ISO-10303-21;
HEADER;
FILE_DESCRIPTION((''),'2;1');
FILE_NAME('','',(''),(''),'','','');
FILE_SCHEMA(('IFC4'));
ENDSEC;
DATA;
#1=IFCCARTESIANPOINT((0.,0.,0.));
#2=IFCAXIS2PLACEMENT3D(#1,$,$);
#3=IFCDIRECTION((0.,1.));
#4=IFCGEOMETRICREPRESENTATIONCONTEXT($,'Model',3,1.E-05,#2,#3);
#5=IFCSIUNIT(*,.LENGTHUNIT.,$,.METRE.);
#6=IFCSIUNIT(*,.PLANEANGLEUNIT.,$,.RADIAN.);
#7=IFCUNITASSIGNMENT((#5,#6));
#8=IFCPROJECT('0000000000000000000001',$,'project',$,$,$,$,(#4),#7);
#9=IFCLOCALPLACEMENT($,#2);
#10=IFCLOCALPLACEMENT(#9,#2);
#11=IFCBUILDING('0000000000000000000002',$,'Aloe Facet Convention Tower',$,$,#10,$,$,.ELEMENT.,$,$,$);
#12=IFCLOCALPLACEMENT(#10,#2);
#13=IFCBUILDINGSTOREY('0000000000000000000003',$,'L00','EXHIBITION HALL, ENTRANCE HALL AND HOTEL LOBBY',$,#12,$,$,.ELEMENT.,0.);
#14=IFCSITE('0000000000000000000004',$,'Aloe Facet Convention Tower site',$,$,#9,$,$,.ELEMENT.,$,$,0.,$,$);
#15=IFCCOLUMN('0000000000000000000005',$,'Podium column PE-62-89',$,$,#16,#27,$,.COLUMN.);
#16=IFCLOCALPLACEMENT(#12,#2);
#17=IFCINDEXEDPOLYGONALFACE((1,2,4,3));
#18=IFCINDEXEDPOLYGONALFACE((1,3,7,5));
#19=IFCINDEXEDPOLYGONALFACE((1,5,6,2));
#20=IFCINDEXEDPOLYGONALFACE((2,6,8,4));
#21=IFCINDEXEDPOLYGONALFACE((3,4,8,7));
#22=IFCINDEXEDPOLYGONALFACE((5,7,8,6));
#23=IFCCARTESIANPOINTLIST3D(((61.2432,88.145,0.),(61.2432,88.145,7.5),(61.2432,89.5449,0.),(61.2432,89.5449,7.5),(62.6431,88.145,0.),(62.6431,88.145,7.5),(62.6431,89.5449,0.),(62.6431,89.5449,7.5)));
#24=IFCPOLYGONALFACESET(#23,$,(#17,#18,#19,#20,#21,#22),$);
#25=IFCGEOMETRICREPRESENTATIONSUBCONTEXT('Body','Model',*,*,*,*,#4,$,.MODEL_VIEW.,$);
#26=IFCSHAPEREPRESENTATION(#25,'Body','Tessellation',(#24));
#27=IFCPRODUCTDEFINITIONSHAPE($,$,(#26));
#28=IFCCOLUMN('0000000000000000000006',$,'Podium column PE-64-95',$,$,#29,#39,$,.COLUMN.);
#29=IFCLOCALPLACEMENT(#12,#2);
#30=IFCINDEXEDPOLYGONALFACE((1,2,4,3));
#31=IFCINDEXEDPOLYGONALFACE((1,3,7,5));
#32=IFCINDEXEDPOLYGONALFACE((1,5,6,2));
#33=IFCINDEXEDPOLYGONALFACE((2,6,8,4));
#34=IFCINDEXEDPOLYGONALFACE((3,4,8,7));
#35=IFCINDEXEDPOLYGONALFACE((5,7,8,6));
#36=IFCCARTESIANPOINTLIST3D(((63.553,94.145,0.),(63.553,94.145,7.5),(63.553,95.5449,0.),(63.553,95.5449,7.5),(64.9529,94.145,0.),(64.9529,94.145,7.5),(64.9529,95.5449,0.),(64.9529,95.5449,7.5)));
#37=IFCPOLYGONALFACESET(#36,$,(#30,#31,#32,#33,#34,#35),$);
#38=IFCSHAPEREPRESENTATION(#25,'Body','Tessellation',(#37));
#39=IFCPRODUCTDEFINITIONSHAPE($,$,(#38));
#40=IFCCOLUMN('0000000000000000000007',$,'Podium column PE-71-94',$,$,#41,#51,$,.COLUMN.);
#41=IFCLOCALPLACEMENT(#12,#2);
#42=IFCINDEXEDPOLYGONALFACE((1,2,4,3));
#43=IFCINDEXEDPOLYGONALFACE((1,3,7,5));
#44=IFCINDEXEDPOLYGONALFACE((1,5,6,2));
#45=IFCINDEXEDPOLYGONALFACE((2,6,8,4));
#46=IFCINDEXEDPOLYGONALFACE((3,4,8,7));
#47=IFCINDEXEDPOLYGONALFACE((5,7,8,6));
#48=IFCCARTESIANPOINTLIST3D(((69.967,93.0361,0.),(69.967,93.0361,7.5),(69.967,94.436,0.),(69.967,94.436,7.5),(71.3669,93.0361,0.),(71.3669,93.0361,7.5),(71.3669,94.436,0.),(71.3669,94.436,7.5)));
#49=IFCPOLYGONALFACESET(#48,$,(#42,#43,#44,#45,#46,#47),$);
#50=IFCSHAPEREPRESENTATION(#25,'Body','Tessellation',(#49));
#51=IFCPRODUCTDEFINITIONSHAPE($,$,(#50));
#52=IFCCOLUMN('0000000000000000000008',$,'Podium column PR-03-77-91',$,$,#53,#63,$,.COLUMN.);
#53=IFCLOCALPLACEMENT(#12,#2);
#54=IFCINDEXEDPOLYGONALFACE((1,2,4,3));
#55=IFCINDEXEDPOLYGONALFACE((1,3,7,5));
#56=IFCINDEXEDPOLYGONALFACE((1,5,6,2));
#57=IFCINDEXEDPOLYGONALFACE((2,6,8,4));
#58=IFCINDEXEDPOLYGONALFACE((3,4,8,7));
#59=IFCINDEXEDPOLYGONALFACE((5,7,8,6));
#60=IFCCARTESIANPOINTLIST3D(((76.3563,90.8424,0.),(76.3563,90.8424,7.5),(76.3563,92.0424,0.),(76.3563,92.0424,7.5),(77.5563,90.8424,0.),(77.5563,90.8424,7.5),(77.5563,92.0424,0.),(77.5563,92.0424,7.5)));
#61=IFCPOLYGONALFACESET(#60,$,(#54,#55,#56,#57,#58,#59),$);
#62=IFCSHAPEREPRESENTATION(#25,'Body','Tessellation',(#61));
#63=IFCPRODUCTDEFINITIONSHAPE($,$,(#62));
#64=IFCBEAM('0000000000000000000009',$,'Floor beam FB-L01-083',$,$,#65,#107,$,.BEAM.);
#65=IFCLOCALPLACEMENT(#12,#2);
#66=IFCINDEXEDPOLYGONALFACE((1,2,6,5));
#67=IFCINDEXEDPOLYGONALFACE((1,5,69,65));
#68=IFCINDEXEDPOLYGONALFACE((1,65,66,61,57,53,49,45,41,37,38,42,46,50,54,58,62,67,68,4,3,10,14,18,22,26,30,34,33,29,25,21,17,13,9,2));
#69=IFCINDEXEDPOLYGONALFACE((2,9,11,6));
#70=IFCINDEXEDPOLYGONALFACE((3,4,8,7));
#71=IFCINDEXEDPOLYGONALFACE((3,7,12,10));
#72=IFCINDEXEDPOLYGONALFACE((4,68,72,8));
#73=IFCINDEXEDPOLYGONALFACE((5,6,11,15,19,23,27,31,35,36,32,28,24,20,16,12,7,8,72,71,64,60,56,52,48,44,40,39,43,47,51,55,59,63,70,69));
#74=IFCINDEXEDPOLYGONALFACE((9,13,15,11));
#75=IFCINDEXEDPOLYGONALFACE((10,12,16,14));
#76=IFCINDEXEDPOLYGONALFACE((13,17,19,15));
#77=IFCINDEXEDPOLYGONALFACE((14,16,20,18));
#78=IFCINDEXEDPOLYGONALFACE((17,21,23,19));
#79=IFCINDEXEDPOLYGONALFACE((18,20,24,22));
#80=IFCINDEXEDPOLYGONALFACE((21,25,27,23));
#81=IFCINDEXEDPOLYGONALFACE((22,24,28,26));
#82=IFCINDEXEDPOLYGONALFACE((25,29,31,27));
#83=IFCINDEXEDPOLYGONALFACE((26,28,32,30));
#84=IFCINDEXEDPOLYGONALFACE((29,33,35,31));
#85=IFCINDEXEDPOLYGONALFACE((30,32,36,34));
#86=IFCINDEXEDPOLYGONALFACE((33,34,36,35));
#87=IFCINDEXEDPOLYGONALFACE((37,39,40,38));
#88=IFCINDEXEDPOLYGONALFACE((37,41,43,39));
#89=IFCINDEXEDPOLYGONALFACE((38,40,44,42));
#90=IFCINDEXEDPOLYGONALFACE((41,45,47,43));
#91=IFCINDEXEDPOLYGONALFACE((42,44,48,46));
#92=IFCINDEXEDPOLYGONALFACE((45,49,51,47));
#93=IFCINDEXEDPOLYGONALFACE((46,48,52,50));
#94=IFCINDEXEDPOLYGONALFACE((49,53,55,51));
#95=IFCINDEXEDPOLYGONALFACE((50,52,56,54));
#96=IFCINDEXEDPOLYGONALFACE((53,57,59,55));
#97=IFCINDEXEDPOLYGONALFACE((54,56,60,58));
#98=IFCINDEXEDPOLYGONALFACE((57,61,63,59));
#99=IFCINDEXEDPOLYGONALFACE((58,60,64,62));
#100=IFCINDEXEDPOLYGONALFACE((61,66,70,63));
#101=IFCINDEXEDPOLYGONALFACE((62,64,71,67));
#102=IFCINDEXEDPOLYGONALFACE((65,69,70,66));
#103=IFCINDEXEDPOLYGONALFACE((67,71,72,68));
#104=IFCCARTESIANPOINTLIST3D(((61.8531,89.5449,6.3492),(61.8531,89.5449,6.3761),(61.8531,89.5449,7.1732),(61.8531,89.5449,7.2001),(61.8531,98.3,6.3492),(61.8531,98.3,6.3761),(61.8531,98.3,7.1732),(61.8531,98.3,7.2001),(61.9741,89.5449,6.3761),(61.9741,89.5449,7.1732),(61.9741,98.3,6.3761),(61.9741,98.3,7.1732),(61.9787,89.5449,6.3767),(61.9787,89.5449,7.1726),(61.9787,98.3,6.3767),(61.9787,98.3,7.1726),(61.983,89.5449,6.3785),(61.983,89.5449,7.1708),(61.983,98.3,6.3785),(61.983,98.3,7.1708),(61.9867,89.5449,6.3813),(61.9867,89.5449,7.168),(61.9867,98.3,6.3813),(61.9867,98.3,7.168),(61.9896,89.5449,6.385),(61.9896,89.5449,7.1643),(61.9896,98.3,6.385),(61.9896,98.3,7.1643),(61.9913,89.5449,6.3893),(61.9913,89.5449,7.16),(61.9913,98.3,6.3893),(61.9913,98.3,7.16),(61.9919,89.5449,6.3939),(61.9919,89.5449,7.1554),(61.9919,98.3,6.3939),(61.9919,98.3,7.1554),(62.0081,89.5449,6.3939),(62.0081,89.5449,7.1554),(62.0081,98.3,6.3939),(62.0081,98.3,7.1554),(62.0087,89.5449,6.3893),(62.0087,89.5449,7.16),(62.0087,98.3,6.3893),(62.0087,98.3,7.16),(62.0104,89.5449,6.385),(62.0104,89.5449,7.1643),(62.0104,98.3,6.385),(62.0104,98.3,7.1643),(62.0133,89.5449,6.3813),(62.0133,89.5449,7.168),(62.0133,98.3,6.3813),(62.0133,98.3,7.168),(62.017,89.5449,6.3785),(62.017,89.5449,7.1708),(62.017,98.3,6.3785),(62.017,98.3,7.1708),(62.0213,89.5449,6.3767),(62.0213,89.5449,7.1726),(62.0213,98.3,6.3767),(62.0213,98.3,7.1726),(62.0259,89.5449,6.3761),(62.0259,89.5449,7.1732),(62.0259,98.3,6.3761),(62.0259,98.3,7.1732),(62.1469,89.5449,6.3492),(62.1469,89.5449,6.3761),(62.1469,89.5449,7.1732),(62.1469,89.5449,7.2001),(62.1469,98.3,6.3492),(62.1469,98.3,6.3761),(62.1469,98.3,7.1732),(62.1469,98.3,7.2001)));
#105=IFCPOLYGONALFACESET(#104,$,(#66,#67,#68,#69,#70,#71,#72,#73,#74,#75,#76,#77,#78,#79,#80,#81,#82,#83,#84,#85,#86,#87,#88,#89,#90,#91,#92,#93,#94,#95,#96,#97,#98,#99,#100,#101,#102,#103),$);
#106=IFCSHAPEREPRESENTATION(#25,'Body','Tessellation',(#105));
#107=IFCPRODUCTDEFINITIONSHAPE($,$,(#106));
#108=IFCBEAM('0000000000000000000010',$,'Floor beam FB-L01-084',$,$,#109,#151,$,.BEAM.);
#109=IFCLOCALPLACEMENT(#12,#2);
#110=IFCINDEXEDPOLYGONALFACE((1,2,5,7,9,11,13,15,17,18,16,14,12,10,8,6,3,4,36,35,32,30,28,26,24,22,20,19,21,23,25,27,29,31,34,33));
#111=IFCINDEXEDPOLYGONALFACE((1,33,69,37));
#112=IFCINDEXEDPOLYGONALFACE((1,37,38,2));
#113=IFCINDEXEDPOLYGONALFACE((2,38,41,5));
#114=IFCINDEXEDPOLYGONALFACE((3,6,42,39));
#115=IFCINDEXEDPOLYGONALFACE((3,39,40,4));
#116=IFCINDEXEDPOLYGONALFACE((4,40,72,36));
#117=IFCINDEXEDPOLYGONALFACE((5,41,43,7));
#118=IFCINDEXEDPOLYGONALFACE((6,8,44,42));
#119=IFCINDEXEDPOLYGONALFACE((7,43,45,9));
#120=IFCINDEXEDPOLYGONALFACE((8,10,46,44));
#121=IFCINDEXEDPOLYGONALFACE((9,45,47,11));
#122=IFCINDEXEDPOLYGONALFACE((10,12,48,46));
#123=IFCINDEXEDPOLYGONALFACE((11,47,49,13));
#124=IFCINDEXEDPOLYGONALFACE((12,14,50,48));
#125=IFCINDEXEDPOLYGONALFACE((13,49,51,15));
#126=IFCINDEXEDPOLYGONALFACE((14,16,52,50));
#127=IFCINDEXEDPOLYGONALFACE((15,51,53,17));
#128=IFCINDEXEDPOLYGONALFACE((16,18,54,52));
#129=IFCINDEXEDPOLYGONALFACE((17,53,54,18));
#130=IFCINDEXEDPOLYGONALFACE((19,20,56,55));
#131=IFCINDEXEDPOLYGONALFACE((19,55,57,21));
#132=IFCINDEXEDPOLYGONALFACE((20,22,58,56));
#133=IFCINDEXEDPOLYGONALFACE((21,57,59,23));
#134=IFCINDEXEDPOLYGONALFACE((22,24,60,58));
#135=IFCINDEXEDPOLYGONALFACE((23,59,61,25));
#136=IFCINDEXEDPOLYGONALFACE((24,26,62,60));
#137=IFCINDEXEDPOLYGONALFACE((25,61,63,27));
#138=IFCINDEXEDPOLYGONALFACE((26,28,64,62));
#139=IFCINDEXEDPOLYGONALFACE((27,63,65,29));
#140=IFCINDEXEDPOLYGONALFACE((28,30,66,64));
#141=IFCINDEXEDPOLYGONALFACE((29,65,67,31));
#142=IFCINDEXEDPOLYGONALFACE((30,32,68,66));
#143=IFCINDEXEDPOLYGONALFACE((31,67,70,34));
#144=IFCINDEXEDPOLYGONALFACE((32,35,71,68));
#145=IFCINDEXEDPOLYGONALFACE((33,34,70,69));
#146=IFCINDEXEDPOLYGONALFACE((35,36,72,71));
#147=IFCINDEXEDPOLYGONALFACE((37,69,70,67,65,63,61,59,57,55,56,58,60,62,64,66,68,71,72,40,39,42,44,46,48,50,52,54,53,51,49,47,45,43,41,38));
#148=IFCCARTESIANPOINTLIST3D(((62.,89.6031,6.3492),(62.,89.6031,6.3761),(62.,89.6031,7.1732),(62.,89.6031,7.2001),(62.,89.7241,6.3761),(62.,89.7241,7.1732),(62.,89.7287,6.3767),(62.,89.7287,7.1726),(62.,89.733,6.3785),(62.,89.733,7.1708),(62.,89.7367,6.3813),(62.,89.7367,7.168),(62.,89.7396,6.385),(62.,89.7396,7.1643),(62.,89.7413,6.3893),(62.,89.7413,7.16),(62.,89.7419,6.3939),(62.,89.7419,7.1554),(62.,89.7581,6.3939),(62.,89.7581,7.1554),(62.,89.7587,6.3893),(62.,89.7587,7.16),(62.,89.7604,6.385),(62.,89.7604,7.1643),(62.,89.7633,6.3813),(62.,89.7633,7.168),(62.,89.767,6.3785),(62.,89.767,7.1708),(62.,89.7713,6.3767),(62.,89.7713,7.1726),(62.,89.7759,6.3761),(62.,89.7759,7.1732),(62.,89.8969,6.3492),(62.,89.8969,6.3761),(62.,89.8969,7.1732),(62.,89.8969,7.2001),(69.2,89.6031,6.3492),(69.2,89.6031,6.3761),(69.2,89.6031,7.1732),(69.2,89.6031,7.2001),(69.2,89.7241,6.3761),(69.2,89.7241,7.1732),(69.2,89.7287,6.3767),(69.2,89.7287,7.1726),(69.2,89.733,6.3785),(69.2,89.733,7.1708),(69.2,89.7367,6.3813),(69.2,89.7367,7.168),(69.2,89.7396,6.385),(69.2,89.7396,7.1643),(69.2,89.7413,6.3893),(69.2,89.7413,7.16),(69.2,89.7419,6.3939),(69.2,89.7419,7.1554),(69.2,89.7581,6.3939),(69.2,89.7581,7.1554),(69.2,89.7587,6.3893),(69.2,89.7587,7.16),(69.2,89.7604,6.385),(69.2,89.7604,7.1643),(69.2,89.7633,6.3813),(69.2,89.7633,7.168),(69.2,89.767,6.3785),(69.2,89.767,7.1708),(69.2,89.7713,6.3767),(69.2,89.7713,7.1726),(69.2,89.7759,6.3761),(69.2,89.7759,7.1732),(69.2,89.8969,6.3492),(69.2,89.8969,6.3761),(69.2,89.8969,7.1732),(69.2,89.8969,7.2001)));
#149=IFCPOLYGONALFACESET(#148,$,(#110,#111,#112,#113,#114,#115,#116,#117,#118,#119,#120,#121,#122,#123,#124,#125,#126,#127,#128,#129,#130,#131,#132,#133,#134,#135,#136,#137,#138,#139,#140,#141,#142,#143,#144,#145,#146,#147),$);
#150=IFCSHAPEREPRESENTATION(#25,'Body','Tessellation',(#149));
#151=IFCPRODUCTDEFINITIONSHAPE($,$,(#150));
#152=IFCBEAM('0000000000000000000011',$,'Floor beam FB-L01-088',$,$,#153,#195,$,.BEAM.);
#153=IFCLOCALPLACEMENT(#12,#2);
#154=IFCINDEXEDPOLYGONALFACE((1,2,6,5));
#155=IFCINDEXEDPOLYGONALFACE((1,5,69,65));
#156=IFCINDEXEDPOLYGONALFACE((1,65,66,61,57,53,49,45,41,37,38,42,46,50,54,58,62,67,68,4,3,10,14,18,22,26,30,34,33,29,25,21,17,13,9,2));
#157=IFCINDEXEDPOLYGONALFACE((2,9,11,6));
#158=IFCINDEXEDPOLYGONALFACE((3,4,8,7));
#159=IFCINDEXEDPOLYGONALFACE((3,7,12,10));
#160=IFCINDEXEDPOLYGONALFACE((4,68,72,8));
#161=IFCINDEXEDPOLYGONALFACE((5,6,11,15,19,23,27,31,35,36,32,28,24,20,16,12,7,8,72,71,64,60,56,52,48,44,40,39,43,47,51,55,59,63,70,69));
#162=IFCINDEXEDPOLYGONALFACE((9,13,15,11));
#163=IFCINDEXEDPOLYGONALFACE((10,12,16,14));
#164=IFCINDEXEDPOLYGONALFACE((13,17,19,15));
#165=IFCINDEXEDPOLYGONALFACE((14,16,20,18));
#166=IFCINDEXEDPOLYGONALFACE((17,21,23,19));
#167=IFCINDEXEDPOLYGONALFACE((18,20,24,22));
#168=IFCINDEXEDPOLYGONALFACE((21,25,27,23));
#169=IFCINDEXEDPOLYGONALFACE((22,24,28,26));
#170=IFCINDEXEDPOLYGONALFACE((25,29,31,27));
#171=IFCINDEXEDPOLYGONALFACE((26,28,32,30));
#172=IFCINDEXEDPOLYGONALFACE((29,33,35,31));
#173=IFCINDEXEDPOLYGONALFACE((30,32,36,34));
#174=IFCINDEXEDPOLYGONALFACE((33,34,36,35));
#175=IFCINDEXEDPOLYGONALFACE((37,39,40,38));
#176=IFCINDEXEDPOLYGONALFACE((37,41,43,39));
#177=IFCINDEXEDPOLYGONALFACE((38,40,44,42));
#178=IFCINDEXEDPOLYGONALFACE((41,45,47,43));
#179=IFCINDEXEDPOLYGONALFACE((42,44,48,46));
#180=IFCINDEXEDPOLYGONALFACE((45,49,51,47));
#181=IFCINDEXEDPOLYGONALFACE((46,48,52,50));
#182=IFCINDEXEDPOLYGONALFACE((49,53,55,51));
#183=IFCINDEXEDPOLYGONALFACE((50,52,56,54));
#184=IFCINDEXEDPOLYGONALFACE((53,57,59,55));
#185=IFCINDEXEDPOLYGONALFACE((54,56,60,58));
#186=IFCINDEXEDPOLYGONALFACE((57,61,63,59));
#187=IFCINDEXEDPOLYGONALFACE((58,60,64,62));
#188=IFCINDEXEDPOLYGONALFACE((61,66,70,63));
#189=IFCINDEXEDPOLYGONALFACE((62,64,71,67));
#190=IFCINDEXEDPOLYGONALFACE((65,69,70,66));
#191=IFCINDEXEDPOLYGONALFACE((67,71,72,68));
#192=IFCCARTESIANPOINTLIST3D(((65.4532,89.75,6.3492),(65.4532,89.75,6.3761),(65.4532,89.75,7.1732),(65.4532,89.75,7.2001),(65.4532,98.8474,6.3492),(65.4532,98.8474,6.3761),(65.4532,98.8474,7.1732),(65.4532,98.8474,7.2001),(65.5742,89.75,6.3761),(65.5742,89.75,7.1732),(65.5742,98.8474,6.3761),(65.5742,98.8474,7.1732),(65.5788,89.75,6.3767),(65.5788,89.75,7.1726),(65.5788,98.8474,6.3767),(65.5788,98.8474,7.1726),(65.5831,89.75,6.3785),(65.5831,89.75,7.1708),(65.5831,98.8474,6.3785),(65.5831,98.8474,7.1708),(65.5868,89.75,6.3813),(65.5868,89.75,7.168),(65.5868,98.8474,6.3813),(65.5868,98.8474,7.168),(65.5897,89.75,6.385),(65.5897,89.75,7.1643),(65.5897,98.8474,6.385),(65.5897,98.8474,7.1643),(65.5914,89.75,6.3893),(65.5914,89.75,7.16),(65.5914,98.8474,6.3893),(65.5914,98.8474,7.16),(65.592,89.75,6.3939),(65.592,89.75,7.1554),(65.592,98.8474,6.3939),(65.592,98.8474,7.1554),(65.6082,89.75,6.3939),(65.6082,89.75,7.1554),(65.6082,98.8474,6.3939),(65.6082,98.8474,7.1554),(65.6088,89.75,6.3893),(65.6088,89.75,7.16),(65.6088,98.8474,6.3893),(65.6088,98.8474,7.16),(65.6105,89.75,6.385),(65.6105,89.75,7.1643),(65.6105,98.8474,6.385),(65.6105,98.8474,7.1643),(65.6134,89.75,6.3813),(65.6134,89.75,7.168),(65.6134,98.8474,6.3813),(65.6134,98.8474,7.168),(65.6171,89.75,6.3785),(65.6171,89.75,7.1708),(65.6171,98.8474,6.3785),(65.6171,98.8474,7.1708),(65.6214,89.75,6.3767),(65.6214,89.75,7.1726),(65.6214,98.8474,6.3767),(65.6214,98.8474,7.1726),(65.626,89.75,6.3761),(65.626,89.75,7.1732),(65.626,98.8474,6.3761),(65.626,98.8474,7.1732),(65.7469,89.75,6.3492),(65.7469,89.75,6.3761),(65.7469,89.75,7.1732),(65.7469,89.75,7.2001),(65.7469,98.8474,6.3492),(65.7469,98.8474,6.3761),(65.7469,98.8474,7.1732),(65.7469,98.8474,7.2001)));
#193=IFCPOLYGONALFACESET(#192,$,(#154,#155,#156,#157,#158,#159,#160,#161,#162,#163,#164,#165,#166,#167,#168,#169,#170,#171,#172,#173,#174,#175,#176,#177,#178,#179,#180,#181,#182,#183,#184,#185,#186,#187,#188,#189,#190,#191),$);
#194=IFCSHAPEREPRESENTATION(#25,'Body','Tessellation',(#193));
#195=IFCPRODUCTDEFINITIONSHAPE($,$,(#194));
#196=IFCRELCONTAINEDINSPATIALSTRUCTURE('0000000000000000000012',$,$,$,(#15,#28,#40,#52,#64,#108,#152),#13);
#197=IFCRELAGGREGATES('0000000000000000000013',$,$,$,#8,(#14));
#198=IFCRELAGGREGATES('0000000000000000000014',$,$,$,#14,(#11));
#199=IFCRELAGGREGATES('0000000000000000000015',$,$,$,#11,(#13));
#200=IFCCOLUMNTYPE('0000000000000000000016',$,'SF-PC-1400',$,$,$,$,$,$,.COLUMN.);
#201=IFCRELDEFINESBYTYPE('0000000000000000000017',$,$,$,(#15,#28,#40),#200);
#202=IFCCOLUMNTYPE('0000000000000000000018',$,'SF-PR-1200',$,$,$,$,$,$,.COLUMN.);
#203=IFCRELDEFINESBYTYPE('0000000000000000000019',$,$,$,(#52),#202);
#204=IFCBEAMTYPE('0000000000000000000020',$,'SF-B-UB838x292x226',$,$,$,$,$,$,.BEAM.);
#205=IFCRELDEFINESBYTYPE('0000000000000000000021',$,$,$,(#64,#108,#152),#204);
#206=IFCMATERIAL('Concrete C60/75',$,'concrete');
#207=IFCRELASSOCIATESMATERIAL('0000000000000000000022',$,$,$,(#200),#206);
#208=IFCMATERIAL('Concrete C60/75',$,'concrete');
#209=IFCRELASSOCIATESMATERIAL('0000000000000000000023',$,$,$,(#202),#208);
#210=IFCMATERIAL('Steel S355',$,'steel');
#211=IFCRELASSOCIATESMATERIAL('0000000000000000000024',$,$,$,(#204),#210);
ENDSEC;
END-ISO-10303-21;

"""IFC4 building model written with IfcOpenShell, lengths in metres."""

from ifc_helpers import new_model, si_unit, direction, frame, origin, origin_2d, place, context, subcontext, project, spatial, rectangle, i_section, extrude, material, material_profile, profile_set, type_object, element, save


model = new_model("IFC4")

# Units and contexts
model_context = context("Model", 3, precision=1e-05, world=origin(), true_north=direction((0.0, 1.0)))
body_context = subcontext(model_context, "Body", "Model", "MODEL_VIEW")
ifc_project = project(units=[si_unit("LENGTHUNIT", "METRE"), si_unit("PLANEANGLEUNIT", "RADIAN")], contexts=[model_context])

# Site, building, storey
site_placement = place(None, origin())
site = spatial("IfcSite", under=ifc_project, at=site_placement, Name="Aloe Facet Convention Tower site", CompositionType="ELEMENT", RefElevation=0.0)
building_placement = place(site_placement, origin())
building = spatial("IfcBuilding", under=site, at=building_placement, Name="Aloe Facet Convention Tower", CompositionType="ELEMENT")
storey_placement = place(building_placement, origin())
storey = spatial("IfcBuildingStorey", under=building, at=storey_placement, Name="L00", Description="EXHIBITION HALL, ENTRANCE HALL AND HOTEL LOBBY", CompositionType="ELEMENT", Elevation=0.0)

# Columns
ifc_material_1 = material(Name="Concrete C60/75", Category="concrete")
ifc_material_profile_1 = material_profile(ifc_material_1, rectangle(XDim=1.3999, YDim=1.3999, at=origin_2d()), Name="SF-PC-1400")
ifc_profile_set_1 = profile_set([ifc_material_profile_1], Name="Concrete C60/75")
column_type_1 = type_object("IfcColumnType", Name="SF-PC-1400", PredefinedType="COLUMN", material=ifc_profile_set_1)
for number, where, z_axis, x_axis, name in (
    (1, (61.9431, 88.845, 0.0), (0.0, 0.0, 1.0), (1.0, 0.0, 0.0), "Podium column PE-62-89"),
    (2, (64.2529, 94.845, 0.0), (0.0, 0.0, 1.0), (1.0, 0.0, 0.0), "Podium column PE-64-95"),
    (3, (70.667, 93.7361, 0.0), (0.0, 0.0, 1.0), (1.0, 0.0, 0.0), "Podium column PE-71-94"),
):
    element("IfcColumn", number, at=place(storey_placement, frame(where, z_axis=z_axis, x_axis=x_axis)), inside=storey, type_object=column_type_1, Name=name, PredefinedType="COLUMN", context=body_context, shape_type="SweptSolid", body=[
        extrude(rectangle(XDim=1.3999, YDim=1.3999, at=origin_2d()), origin(), (0.0, 0.0, 1.0), 7.5),
    ])
ifc_material_2 = material(Name="Concrete C60/75", Category="concrete")
ifc_material_profile_2 = material_profile(ifc_material_2, rectangle(XDim=1.2, YDim=1.2, at=origin_2d()), Name="SF-PR-1200")
ifc_profile_set_2 = profile_set([ifc_material_profile_2], Name="Concrete C60/75")
column_type_2 = type_object("IfcColumnType", Name="SF-PR-1200", PredefinedType="COLUMN", material=ifc_profile_set_2)
column_placement = place(storey_placement, frame((76.9563, 91.4424, 0.0), z_axis=(0.0, 0.0, 1.0), x_axis=(1.0, 0.0, 0.0)))
element("IfcColumn", 4, at=column_placement, inside=storey, type_object=column_type_2, Name="Podium column PR-03-77-91", PredefinedType="COLUMN", context=body_context, shape_type="SweptSolid", body=[
    extrude(rectangle(XDim=1.2, YDim=1.2, at=origin_2d()), origin(), (0.0, 0.0, 1.0), 7.5),
])

# Beams
ifc_material_3 = material(Name="Steel S355", Category="steel")
ifc_material_profile_3 = material_profile(ifc_material_3, i_section(OverallWidth=0.2937, OverallDepth=0.8508, WebThickness=0.0161, FlangeThickness=0.0269, FilletRadius=0.0178, at=origin_2d()), Name="UB 838x292x226")
ifc_profile_set_3 = profile_set([ifc_material_profile_3], Name="Steel S355")
beam_type = type_object("IfcBeamType", Name="SF-B-UB838x292x226", PredefinedType="BEAM", material=ifc_profile_set_3)
beam_1_placement = place(storey_placement, frame((62.0, 89.5449, 6.7747), z_axis=(0.0, 1.0, 0.0), x_axis=(-1.0, 0.0, 0.0)))
element("IfcBeam", 5, at=beam_1_placement, inside=storey, type_object=beam_type, Name="Floor beam FB-L01-083", PredefinedType="BEAM", context=body_context, shape_type="SweptSolid", body=[
    extrude(i_section(OverallWidth=0.2937, OverallDepth=0.8508, WebThickness=0.0161, FlangeThickness=0.0269, FilletRadius=0.0178, at=origin_2d()), origin(), (0.0, 0.0, 1.0), 8.7551),
])
beam_2_placement = place(storey_placement, frame((62.0, 89.75, 6.7747), z_axis=(1.0, 0.0, 0.0), x_axis=(0.0, 1.0, 0.0)))
element("IfcBeam", 6, at=beam_2_placement, inside=storey, type_object=beam_type, Name="Floor beam FB-L01-084", PredefinedType="BEAM", context=body_context, shape_type="SweptSolid", body=[
    extrude(i_section(OverallWidth=0.2937, OverallDepth=0.8508, WebThickness=0.0161, FlangeThickness=0.0269, FilletRadius=0.0178, at=origin_2d()), origin(), (0.0, 0.0, 1.0), 7.2),
])
beam_3_placement = place(storey_placement, frame((65.6001, 89.75, 6.7747), z_axis=(0.0, 1.0, 0.0), x_axis=(-1.0, 0.0, 0.0)))
element("IfcBeam", 7, at=beam_3_placement, inside=storey, type_object=beam_type, Name="Floor beam FB-L01-088", PredefinedType="BEAM", context=body_context, shape_type="SweptSolid", body=[
    extrude(i_section(OverallWidth=0.2937, OverallDepth=0.8508, WebThickness=0.0161, FlangeThickness=0.0269, FilletRadius=0.0178, at=origin_2d()), origin(), (0.0, 0.0, 1.0), 9.0974),
])

save(model, "model.ifc")
